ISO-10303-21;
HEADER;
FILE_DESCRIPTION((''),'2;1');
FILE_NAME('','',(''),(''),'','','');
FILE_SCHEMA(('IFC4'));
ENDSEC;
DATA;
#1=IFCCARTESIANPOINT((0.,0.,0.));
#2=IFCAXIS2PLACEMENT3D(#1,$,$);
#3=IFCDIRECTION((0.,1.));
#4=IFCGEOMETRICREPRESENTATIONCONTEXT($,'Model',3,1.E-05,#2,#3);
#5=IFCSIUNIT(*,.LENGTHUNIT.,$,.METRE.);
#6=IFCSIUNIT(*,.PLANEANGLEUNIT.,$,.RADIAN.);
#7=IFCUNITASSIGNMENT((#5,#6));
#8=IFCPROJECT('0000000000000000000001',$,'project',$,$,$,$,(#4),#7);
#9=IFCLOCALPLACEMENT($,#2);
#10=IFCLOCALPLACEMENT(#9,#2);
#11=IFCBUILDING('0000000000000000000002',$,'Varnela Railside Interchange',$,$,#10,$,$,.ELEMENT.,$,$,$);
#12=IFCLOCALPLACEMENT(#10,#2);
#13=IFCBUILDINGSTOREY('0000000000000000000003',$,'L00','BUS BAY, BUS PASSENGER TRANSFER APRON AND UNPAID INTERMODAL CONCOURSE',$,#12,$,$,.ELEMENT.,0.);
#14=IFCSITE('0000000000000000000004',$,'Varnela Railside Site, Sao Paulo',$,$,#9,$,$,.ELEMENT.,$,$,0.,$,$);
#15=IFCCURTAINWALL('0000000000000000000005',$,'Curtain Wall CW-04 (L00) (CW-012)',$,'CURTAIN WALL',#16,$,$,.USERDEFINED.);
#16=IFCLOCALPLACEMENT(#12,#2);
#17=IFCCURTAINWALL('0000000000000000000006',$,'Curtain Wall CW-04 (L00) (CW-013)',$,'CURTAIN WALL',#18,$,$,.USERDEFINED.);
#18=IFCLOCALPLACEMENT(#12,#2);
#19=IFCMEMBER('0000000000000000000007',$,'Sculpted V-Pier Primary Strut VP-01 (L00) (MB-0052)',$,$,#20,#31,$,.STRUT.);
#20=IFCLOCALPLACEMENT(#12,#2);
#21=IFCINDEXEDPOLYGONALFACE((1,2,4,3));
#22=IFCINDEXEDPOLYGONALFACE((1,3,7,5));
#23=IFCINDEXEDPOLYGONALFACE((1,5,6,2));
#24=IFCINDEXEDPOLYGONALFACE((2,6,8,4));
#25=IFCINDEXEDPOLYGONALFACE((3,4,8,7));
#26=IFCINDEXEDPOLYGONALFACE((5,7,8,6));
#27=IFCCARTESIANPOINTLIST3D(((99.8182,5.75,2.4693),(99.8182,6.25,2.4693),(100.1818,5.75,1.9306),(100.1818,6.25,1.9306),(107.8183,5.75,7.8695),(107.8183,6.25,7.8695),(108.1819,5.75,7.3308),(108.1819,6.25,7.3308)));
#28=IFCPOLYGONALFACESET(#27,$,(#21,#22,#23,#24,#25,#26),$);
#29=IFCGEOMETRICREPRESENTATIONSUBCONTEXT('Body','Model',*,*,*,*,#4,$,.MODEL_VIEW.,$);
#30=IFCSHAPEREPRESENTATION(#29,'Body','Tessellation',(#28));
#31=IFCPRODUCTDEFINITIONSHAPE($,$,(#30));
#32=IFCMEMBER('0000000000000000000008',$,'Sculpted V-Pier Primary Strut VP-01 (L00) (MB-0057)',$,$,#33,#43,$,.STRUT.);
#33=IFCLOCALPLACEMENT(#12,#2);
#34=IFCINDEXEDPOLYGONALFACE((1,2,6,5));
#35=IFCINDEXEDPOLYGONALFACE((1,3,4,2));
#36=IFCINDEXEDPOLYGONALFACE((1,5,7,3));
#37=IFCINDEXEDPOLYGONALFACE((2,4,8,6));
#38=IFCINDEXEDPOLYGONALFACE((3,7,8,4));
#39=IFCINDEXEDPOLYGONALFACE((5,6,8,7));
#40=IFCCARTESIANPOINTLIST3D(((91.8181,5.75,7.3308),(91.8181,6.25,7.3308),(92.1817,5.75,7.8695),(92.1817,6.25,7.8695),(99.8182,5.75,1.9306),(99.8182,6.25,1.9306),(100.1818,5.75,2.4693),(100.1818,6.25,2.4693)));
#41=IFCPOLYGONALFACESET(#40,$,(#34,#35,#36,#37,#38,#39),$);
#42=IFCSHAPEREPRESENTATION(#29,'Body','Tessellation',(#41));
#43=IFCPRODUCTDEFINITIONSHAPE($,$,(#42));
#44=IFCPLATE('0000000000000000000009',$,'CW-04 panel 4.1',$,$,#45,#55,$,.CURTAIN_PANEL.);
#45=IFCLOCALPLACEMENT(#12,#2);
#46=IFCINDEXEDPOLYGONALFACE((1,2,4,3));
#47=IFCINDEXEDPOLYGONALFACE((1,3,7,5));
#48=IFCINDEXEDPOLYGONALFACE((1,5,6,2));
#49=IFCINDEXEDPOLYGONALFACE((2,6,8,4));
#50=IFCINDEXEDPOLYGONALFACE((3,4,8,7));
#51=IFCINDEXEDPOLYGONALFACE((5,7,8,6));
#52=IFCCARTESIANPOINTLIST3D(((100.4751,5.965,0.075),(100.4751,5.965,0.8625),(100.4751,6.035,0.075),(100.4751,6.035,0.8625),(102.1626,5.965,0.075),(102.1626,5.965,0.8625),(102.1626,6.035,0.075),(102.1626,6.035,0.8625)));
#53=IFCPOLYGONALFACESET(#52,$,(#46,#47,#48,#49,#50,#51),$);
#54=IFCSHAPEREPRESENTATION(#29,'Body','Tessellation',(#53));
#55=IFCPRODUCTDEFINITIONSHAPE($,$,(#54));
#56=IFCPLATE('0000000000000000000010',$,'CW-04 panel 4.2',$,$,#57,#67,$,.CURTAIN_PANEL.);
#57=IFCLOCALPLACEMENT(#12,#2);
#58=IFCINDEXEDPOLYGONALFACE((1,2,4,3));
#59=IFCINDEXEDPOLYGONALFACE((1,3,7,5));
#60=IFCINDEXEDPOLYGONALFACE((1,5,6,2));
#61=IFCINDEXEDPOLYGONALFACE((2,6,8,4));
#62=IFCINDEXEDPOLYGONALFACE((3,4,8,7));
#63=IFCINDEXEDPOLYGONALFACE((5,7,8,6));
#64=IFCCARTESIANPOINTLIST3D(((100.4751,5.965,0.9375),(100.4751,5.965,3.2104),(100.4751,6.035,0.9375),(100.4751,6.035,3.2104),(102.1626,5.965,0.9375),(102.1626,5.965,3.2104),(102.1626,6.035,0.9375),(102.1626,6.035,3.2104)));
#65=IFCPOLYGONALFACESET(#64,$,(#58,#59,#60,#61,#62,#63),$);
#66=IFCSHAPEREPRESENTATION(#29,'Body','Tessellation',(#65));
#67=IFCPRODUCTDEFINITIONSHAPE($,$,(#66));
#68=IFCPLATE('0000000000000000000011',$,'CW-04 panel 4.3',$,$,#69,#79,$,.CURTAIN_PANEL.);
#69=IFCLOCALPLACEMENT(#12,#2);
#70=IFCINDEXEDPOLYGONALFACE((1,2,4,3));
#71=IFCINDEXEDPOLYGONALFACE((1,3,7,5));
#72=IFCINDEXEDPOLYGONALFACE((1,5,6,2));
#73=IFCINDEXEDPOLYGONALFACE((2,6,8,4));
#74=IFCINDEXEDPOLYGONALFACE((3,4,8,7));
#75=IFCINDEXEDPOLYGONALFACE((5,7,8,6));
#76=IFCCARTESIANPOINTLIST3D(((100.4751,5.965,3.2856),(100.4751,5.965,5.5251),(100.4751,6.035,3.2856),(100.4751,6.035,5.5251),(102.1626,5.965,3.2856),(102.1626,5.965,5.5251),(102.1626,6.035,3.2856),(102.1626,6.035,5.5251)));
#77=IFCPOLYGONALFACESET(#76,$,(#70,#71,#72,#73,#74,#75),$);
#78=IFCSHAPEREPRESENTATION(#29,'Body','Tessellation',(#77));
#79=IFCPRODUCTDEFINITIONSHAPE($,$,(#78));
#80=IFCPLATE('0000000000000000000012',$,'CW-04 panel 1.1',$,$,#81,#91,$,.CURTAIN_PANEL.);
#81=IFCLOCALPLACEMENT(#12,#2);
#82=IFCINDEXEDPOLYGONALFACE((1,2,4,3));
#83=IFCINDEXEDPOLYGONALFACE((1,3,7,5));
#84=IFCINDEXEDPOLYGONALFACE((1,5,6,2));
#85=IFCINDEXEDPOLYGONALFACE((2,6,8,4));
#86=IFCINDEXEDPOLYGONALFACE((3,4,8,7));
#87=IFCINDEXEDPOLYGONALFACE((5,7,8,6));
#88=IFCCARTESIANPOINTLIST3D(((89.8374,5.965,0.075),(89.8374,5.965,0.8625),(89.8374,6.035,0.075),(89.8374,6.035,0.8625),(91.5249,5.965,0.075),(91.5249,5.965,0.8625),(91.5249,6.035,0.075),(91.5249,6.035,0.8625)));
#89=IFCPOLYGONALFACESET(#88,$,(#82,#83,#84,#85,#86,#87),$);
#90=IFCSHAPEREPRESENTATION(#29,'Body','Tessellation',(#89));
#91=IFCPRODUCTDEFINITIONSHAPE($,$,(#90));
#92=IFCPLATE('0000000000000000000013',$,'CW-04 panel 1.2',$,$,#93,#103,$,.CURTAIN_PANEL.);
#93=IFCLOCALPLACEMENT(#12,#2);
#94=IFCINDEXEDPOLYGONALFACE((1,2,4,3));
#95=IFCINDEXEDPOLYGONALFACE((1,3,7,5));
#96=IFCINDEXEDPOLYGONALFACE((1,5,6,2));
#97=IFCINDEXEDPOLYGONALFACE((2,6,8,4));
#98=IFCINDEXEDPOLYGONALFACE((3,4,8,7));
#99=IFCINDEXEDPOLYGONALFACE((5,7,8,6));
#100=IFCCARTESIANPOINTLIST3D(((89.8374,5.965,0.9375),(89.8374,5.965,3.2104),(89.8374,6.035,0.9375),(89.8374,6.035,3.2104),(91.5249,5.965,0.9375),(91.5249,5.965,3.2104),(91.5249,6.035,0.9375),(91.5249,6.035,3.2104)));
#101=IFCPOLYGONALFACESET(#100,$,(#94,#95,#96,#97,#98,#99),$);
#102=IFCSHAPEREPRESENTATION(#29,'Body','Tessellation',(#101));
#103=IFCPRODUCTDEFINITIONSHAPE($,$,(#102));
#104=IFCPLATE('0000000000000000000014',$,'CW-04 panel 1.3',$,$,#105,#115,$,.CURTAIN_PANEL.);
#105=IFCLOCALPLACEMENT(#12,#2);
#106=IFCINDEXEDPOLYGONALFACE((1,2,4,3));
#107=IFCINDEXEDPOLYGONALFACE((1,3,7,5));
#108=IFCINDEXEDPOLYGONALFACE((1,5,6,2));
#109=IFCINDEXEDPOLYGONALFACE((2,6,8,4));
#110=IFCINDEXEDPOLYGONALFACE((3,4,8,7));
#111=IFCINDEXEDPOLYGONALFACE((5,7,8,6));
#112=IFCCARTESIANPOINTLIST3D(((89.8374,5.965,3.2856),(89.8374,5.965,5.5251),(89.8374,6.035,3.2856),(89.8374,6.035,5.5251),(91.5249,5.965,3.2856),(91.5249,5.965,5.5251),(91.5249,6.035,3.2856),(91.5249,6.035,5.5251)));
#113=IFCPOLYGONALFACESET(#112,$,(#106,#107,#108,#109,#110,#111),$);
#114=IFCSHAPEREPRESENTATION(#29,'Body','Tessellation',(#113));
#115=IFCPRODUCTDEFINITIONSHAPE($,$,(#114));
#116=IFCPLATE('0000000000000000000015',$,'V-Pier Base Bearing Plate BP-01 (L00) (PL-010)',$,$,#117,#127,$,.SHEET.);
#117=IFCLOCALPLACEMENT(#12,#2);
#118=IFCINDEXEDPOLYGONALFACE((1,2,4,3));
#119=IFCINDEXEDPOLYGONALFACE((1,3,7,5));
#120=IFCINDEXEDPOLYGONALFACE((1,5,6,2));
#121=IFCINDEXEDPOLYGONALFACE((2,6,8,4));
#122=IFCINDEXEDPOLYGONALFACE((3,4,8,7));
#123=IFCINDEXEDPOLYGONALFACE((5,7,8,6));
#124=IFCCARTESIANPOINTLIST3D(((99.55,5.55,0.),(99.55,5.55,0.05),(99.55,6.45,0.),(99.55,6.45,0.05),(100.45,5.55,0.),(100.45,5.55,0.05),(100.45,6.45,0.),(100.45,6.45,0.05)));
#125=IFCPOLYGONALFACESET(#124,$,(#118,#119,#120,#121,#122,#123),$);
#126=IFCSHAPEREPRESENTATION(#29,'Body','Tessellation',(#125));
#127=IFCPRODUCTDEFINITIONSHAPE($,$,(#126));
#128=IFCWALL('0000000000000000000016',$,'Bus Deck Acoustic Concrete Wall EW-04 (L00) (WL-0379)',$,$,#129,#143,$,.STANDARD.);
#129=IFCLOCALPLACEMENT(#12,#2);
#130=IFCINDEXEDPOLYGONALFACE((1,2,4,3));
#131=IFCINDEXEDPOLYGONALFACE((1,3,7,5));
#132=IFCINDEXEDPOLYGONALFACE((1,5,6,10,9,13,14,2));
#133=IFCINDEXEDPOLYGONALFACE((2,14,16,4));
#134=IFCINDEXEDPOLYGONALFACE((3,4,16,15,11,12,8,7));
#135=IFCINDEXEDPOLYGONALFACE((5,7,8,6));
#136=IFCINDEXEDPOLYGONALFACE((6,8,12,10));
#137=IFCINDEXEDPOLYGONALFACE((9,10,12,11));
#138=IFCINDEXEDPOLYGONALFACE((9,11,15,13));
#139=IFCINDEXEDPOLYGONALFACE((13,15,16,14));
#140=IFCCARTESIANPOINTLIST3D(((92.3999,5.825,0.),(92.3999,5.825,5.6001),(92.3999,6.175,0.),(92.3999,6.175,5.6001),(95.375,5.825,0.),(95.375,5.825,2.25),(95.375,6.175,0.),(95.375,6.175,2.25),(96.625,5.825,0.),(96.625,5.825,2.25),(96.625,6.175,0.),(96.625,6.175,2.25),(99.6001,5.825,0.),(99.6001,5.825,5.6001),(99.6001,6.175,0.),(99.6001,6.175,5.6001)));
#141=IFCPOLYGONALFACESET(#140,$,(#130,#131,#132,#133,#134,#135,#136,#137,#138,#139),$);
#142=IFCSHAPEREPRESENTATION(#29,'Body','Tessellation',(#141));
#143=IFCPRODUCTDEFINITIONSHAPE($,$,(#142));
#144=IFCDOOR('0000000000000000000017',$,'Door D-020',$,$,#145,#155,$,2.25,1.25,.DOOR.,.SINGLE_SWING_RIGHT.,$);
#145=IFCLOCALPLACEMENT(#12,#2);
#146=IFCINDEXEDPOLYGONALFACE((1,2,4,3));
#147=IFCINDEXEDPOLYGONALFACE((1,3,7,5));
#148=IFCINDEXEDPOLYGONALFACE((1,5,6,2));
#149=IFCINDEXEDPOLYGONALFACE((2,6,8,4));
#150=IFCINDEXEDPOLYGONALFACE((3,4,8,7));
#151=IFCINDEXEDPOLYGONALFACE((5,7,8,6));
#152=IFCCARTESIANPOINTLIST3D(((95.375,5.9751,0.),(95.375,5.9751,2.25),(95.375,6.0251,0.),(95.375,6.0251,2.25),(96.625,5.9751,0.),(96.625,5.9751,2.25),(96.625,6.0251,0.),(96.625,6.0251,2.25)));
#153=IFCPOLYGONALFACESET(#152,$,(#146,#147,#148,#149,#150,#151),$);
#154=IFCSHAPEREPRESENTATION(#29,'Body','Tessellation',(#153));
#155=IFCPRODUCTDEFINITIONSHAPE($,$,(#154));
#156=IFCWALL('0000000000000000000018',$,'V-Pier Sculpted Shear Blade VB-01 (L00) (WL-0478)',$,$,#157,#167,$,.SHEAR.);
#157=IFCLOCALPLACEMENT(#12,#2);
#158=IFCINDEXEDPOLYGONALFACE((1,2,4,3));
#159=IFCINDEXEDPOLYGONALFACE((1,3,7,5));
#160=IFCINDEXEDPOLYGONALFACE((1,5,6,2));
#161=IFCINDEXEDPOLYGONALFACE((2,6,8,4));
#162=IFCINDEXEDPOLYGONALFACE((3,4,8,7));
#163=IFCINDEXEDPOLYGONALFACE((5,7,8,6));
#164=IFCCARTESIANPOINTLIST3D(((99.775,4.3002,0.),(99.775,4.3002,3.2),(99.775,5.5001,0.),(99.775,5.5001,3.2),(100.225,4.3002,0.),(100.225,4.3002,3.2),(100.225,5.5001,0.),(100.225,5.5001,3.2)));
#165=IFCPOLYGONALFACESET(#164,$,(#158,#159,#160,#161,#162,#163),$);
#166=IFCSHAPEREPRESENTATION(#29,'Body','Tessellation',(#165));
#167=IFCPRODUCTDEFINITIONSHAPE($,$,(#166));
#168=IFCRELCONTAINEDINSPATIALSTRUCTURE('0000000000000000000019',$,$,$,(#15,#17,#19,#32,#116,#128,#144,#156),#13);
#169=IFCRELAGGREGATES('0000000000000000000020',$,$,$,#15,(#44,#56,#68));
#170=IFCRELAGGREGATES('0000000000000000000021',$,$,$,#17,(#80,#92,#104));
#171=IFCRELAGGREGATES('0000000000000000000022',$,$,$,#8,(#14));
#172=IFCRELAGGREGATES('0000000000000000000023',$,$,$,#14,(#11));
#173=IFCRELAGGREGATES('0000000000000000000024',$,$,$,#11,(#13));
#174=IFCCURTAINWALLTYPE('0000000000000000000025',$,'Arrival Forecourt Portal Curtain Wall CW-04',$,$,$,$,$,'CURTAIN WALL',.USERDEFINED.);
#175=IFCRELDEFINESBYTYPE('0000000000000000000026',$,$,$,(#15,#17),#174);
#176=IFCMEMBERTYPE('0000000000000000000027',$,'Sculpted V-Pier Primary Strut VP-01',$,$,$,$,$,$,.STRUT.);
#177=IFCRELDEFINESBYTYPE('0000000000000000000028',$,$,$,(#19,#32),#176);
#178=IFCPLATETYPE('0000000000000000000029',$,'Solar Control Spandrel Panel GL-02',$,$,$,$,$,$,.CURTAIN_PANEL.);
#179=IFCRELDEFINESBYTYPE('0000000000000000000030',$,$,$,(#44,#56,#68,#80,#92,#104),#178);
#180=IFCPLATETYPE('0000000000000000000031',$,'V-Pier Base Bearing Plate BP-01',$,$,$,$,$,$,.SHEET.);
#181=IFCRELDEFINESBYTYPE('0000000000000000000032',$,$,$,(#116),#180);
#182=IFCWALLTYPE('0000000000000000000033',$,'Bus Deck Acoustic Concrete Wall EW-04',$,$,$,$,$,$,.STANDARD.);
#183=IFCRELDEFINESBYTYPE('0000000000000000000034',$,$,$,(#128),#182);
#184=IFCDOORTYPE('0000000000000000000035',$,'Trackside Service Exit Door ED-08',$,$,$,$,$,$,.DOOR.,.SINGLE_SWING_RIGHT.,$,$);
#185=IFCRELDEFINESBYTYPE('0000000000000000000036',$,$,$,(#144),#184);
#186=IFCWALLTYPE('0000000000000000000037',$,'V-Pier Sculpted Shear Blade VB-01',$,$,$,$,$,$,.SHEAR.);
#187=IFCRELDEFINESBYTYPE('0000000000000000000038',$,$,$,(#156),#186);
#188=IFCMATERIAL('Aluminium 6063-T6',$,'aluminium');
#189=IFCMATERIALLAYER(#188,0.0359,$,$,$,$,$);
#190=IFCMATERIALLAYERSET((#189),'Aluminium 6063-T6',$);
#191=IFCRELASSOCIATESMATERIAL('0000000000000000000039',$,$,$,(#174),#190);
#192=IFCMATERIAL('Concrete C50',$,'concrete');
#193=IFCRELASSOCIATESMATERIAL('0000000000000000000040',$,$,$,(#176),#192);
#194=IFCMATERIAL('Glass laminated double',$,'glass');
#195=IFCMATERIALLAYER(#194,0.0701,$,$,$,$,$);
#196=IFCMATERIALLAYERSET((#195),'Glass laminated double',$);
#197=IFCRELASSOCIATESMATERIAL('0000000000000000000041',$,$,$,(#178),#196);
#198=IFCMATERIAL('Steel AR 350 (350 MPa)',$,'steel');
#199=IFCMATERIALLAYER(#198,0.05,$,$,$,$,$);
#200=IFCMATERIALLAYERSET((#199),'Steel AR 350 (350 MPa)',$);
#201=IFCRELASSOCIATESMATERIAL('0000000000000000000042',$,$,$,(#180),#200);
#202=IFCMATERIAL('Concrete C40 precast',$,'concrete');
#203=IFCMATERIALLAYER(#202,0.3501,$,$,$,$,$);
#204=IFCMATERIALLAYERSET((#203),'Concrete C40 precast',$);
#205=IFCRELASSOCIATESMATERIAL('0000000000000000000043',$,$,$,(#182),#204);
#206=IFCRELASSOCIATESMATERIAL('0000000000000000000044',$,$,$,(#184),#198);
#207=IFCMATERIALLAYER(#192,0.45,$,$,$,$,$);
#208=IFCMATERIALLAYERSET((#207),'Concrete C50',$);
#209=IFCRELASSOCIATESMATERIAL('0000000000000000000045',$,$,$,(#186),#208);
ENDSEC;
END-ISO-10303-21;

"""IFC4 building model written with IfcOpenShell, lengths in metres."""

from ifc_helpers import new_model, si_unit, direction, frame, frame_2d, origin, origin_2d, place, context, subcontext, project, spatial, rectangle, extrude, material, layer, layer_set, material_profile, profile_set, type_object, element, fill, aggregate, save


model = new_model("IFC4")

# Units and contexts
model_context = context("Model", 3, precision=1e-05, world=origin(), true_north=direction((0.0, 1.0)))
body_context = subcontext(model_context, "Body", "Model", "MODEL_VIEW")
ifc_project = project(units=[si_unit("LENGTHUNIT", "METRE"), si_unit("PLANEANGLEUNIT", "RADIAN")], contexts=[model_context])

# Site, building, storey
site_placement = place(None, origin())
site = spatial("IfcSite", under=ifc_project, at=site_placement, Name="Varnela Railside Site, Sao Paulo", CompositionType="ELEMENT", RefElevation=0.0)
building_placement = place(site_placement, origin())
building = spatial("IfcBuilding", under=site, at=building_placement, Name="Varnela Railside Interchange", CompositionType="ELEMENT")
storey_placement = place(building_placement, origin())
storey = spatial("IfcBuildingStorey", under=building, at=storey_placement, Name="L00", Description="BUS BAY, BUS PASSENGER TRANSFER APRON AND UNPAID INTERMODAL CONCOURSE", CompositionType="ELEMENT", Elevation=0.0)

# Shared definitions
ifc_material_1 = material(Name="Concrete C50", Category="concrete")

# Curtain wall
ifc_material_2 = material(Name="Aluminium 6063-T6", Category="aluminium")
ifc_layer_1 = layer(ifc_material_2, 0.0359)
ifc_layer_set_1 = layer_set([ifc_layer_1], Name="Aluminium 6063-T6")
curtain_wall_type = type_object("IfcCurtainWallType", Name="Arrival Forecourt Portal Curtain Wall CW-04", ElementType="CURTAIN WALL", PredefinedType="USERDEFINED", material=ifc_layer_set_1)
curtain_wall_1_placement = place(storey_placement, origin())
curtain_wall_1 = element("IfcCurtainWall", 1, at=curtain_wall_1_placement, inside=storey, type_object=curtain_wall_type, Name="Curtain Wall CW-04 (L00) (CW-012)", ObjectType="CURTAIN WALL", PredefinedType="USERDEFINED")

# Curtain wall
curtain_wall_2_placement = place(storey_placement, origin())
curtain_wall_2 = element("IfcCurtainWall", 2, at=curtain_wall_2_placement, inside=storey, type_object=curtain_wall_type, Name="Curtain Wall CW-04 (L00) (CW-013)", ObjectType="CURTAIN WALL", PredefinedType="USERDEFINED")

# Members
ifc_material_profile_1 = material_profile(ifc_material_1, rectangle(XDim=0.5, YDim=0.6499, at=origin_2d()), Name="RC 500x650")
ifc_profile_set_1 = profile_set([ifc_material_profile_1], Name="Concrete C50")
member_type_1 = type_object("IfcMemberType", Name="Sculpted V-Pier Primary Strut VP-01", PredefinedType="STRUT", material=ifc_profile_set_1)
for number, where, z_axis, x_axis, name in (
    (3, (100.0, 6.0, 2.2), (0.828842, 0.0, 0.559483), (0.0, 1.0, 0.0), "Sculpted V-Pier Primary Strut VP-01 (L00) (MB-0052)"),
    (4, (100.0, 6.0, 2.2), (-0.828842, 0.0, 0.559483), (0.0, -1.0, 0.0), "Sculpted V-Pier Primary Strut VP-01 (L00) (MB-0057)"),
):
    element("IfcMember", number, at=place(storey_placement, frame(where, z_axis=z_axis, x_axis=x_axis)), inside=storey, type_object=member_type_1, Name=name, PredefinedType="STRUT", context=body_context, shape_type="SweptSolid", body=[
        extrude(rectangle(XDim=0.5, YDim=0.6499, at=origin_2d()), origin(), (0.0, 0.0, 1.0), 9.6521),
    ])

# Plates
ifc_material_3 = material(Name="Glass laminated double", Category="glass")
ifc_layer_2 = layer(ifc_material_3, 0.0701)
ifc_layer_set_2 = layer_set([ifc_layer_2], Name="Glass laminated double")
plate_type_1 = type_object("IfcPlateType", Name="Solar Control Spandrel Panel GL-02", PredefinedType="CURTAIN_PANEL", material=ifc_layer_set_2)
plate_1_placement = place(storey_placement, frame((101.3188, 6.0, 0.075), z_axis=(0.0, 0.0, 1.0), x_axis=(-1.0, 0.0, 0.0)))
plate_1 = element("IfcPlate", 5, at=plate_1_placement, type_object=plate_type_1, Name="CW-04 panel 4.1", PredefinedType="CURTAIN_PANEL", context=body_context, shape_type="SweptSolid", body=[
    extrude(rectangle(XDim=1.6875, YDim=0.0701, at=origin_2d()), origin(), (0.0, 0.0, 1.0), 0.7876),
])
plate_2_placement = place(storey_placement, frame((101.3188, 6.0, 0.9375), z_axis=(0.0, 0.0, 1.0), x_axis=(-1.0, 0.0, 0.0)))
plate_2 = element("IfcPlate", 6, at=plate_2_placement, type_object=plate_type_1, Name="CW-04 panel 4.2", PredefinedType="CURTAIN_PANEL", context=body_context, shape_type="SweptSolid", body=[
    extrude(rectangle(XDim=1.6875, YDim=0.0701, at=origin_2d()), origin(), (0.0, 0.0, 1.0), 2.2729),
])
plate_3_placement = place(storey_placement, frame((101.3188, 6.0, 3.2856), z_axis=(0.0, 0.0, 1.0), x_axis=(-1.0, 0.0, 0.0)))
plate_3 = element("IfcPlate", 7, at=plate_3_placement, type_object=plate_type_1, Name="CW-04 panel 4.3", PredefinedType="CURTAIN_PANEL", context=body_context, shape_type="SweptSolid", body=[
    extrude(rectangle(XDim=1.6875, YDim=0.0701, at=origin_2d()), origin(), (0.0, 0.0, 1.0), 2.2395),
])
aggregate(curtain_wall_1, [plate_1, plate_2, plate_3])
plate_4_placement = place(storey_placement, frame((90.6812, 6.0, 0.075), z_axis=(0.0, 0.0, 1.0), x_axis=(-1.0, 0.0, 0.0)))
plate_4 = element("IfcPlate", 8, at=plate_4_placement, type_object=plate_type_1, Name="CW-04 panel 1.1", PredefinedType="CURTAIN_PANEL", context=body_context, shape_type="SweptSolid", body=[
    extrude(rectangle(XDim=1.6875, YDim=0.0701, at=origin_2d()), origin(), (0.0, 0.0, 1.0), 0.7876),
])
plate_5_placement = place(storey_placement, frame((90.6812, 6.0, 0.9375), z_axis=(0.0, 0.0, 1.0), x_axis=(-1.0, 0.0, 0.0)))
plate_5 = element("IfcPlate", 9, at=plate_5_placement, type_object=plate_type_1, Name="CW-04 panel 1.2", PredefinedType="CURTAIN_PANEL", context=body_context, shape_type="SweptSolid", body=[
    extrude(rectangle(XDim=1.6875, YDim=0.0701, at=origin_2d()), origin(), (0.0, 0.0, 1.0), 2.2729),
])
plate_6_placement = place(storey_placement, frame((90.6812, 6.0, 3.2856), z_axis=(0.0, 0.0, 1.0), x_axis=(-1.0, 0.0, 0.0)))
plate_6 = element("IfcPlate", 10, at=plate_6_placement, type_object=plate_type_1, Name="CW-04 panel 1.3", PredefinedType="CURTAIN_PANEL", context=body_context, shape_type="SweptSolid", body=[
    extrude(rectangle(XDim=1.6875, YDim=0.0701, at=origin_2d()), origin(), (0.0, 0.0, 1.0), 2.2395),
])
aggregate(curtain_wall_2, [plate_4, plate_5, plate_6])
ifc_material_4 = material(Name="Steel AR 350 (350 MPa)", Category="steel")
ifc_layer_3 = layer(ifc_material_4, 0.05)
ifc_layer_set_3 = layer_set([ifc_layer_3], Name="Steel AR 350 (350 MPa)")
plate_type_2 = type_object("IfcPlateType", Name="V-Pier Base Bearing Plate BP-01", PredefinedType="SHEET", material=ifc_layer_set_3)
plate_7_placement = place(storey_placement, frame((100.0, 6.0, 0.0), z_axis=(0.0, 0.0, 1.0), x_axis=(1.0, 0.0, 0.0)))
element("IfcPlate", 11, at=plate_7_placement, inside=storey, type_object=plate_type_2, Name="V-Pier Base Bearing Plate BP-01 (L00) (PL-010)", PredefinedType="SHEET", context=body_context, shape_type="SweptSolid", body=[
    extrude(rectangle(XDim=0.8999, YDim=0.8999, at=origin_2d()), origin(), (0.0, 0.0, 1.0), 0.05),
])

# Wall, opening, door
ifc_material_5 = material(Name="Concrete C40 precast", Category="concrete")
ifc_layer_4 = layer(ifc_material_5, 0.3501)
ifc_layer_set_4 = layer_set([ifc_layer_4], Name="Concrete C40 precast")
wall_type_1 = type_object("IfcWallType", Name="Bus Deck Acoustic Concrete Wall EW-04", PredefinedType="STANDARD", material=ifc_layer_set_4)
wall_1_placement = place(storey_placement, frame((99.6001, 6.0, 0.0), z_axis=(0.0, 0.0, 1.0), x_axis=(-1.0, 0.0, 0.0)))
wall_1 = element("IfcWall", 12, at=wall_1_placement, inside=storey, type_object=wall_type_1, Name="Bus Deck Acoustic Concrete Wall EW-04 (L00) (WL-0379)", PredefinedType="STANDARD", context=body_context, shape_type="SweptSolid", body=[
    extrude(rectangle(XDim=7.2002, YDim=0.3501, at=frame_2d((3.6001, 0.0))), origin(), (0.0, 0.0, 1.0), 5.6001),
])
opening_placement = place(wall_1_placement, frame((2.9751, 0.0, 0.0)))
opening = element("IfcOpeningElement", 13, at=opening_placement, cuts=wall_1, PredefinedType="OPENING", context=body_context, shape_type="SweptSolid", body=[
    extrude(rectangle(XDim=1.25, YDim=2.25, at=frame_2d((0.625, 1.125))), frame((0.0, 0.1851, 0.0), z_axis=(0.0, -1.0, 0.0), x_axis=(1.0, 0.0, 0.0)), (0.0, 0.0, 1.0), 0.3701),
])
door_type = type_object("IfcDoorType", Name="Trackside Service Exit Door ED-08", OperationType="SINGLE_SWING_RIGHT", PredefinedType="DOOR", material=ifc_material_4)
door_placement = place(opening_placement, origin())
door = element("IfcDoor", 14, at=door_placement, inside=storey, type_object=door_type, Name="Door D-020", OperationType="SINGLE_SWING_RIGHT", OverallHeight=2.25, OverallWidth=1.25, PredefinedType="DOOR", context=body_context, shape_type="SweptSolid", body=[
    extrude(rectangle(XDim=1.25, YDim=2.25, at=frame_2d((0.625, 1.125))), frame((0.0, 0.0249, 0.0), z_axis=(0.0, -1.0, 0.0), x_axis=(1.0, 0.0, 0.0)), (0.0, 0.0, 1.0), 0.05),
])
fill(opening, door)

# Wall
ifc_layer_5 = layer(ifc_material_1, 0.45)
ifc_layer_set_5 = layer_set([ifc_layer_5], Name="Concrete C50")
wall_type_2 = type_object("IfcWallType", Name="V-Pier Sculpted Shear Blade VB-01", PredefinedType="SHEAR", material=ifc_layer_set_5)
wall_2_placement = place(storey_placement, frame((100.0, 4.3, 0.0), z_axis=(0.0, 0.0, 1.0), x_axis=(0.0, 1.0, 0.0)))
element("IfcWall", 15, at=wall_2_placement, inside=storey, type_object=wall_type_2, Name="V-Pier Sculpted Shear Blade VB-01 (L00) (WL-0478)", PredefinedType="SHEAR", context=body_context, shape_type="SweptSolid", body=[
    extrude(rectangle(XDim=1.2, YDim=0.45, at=frame_2d((0.6001, 0.0))), origin(), (0.0, 0.0, 1.0), 3.2),
])

save(model, "model.ifc")
